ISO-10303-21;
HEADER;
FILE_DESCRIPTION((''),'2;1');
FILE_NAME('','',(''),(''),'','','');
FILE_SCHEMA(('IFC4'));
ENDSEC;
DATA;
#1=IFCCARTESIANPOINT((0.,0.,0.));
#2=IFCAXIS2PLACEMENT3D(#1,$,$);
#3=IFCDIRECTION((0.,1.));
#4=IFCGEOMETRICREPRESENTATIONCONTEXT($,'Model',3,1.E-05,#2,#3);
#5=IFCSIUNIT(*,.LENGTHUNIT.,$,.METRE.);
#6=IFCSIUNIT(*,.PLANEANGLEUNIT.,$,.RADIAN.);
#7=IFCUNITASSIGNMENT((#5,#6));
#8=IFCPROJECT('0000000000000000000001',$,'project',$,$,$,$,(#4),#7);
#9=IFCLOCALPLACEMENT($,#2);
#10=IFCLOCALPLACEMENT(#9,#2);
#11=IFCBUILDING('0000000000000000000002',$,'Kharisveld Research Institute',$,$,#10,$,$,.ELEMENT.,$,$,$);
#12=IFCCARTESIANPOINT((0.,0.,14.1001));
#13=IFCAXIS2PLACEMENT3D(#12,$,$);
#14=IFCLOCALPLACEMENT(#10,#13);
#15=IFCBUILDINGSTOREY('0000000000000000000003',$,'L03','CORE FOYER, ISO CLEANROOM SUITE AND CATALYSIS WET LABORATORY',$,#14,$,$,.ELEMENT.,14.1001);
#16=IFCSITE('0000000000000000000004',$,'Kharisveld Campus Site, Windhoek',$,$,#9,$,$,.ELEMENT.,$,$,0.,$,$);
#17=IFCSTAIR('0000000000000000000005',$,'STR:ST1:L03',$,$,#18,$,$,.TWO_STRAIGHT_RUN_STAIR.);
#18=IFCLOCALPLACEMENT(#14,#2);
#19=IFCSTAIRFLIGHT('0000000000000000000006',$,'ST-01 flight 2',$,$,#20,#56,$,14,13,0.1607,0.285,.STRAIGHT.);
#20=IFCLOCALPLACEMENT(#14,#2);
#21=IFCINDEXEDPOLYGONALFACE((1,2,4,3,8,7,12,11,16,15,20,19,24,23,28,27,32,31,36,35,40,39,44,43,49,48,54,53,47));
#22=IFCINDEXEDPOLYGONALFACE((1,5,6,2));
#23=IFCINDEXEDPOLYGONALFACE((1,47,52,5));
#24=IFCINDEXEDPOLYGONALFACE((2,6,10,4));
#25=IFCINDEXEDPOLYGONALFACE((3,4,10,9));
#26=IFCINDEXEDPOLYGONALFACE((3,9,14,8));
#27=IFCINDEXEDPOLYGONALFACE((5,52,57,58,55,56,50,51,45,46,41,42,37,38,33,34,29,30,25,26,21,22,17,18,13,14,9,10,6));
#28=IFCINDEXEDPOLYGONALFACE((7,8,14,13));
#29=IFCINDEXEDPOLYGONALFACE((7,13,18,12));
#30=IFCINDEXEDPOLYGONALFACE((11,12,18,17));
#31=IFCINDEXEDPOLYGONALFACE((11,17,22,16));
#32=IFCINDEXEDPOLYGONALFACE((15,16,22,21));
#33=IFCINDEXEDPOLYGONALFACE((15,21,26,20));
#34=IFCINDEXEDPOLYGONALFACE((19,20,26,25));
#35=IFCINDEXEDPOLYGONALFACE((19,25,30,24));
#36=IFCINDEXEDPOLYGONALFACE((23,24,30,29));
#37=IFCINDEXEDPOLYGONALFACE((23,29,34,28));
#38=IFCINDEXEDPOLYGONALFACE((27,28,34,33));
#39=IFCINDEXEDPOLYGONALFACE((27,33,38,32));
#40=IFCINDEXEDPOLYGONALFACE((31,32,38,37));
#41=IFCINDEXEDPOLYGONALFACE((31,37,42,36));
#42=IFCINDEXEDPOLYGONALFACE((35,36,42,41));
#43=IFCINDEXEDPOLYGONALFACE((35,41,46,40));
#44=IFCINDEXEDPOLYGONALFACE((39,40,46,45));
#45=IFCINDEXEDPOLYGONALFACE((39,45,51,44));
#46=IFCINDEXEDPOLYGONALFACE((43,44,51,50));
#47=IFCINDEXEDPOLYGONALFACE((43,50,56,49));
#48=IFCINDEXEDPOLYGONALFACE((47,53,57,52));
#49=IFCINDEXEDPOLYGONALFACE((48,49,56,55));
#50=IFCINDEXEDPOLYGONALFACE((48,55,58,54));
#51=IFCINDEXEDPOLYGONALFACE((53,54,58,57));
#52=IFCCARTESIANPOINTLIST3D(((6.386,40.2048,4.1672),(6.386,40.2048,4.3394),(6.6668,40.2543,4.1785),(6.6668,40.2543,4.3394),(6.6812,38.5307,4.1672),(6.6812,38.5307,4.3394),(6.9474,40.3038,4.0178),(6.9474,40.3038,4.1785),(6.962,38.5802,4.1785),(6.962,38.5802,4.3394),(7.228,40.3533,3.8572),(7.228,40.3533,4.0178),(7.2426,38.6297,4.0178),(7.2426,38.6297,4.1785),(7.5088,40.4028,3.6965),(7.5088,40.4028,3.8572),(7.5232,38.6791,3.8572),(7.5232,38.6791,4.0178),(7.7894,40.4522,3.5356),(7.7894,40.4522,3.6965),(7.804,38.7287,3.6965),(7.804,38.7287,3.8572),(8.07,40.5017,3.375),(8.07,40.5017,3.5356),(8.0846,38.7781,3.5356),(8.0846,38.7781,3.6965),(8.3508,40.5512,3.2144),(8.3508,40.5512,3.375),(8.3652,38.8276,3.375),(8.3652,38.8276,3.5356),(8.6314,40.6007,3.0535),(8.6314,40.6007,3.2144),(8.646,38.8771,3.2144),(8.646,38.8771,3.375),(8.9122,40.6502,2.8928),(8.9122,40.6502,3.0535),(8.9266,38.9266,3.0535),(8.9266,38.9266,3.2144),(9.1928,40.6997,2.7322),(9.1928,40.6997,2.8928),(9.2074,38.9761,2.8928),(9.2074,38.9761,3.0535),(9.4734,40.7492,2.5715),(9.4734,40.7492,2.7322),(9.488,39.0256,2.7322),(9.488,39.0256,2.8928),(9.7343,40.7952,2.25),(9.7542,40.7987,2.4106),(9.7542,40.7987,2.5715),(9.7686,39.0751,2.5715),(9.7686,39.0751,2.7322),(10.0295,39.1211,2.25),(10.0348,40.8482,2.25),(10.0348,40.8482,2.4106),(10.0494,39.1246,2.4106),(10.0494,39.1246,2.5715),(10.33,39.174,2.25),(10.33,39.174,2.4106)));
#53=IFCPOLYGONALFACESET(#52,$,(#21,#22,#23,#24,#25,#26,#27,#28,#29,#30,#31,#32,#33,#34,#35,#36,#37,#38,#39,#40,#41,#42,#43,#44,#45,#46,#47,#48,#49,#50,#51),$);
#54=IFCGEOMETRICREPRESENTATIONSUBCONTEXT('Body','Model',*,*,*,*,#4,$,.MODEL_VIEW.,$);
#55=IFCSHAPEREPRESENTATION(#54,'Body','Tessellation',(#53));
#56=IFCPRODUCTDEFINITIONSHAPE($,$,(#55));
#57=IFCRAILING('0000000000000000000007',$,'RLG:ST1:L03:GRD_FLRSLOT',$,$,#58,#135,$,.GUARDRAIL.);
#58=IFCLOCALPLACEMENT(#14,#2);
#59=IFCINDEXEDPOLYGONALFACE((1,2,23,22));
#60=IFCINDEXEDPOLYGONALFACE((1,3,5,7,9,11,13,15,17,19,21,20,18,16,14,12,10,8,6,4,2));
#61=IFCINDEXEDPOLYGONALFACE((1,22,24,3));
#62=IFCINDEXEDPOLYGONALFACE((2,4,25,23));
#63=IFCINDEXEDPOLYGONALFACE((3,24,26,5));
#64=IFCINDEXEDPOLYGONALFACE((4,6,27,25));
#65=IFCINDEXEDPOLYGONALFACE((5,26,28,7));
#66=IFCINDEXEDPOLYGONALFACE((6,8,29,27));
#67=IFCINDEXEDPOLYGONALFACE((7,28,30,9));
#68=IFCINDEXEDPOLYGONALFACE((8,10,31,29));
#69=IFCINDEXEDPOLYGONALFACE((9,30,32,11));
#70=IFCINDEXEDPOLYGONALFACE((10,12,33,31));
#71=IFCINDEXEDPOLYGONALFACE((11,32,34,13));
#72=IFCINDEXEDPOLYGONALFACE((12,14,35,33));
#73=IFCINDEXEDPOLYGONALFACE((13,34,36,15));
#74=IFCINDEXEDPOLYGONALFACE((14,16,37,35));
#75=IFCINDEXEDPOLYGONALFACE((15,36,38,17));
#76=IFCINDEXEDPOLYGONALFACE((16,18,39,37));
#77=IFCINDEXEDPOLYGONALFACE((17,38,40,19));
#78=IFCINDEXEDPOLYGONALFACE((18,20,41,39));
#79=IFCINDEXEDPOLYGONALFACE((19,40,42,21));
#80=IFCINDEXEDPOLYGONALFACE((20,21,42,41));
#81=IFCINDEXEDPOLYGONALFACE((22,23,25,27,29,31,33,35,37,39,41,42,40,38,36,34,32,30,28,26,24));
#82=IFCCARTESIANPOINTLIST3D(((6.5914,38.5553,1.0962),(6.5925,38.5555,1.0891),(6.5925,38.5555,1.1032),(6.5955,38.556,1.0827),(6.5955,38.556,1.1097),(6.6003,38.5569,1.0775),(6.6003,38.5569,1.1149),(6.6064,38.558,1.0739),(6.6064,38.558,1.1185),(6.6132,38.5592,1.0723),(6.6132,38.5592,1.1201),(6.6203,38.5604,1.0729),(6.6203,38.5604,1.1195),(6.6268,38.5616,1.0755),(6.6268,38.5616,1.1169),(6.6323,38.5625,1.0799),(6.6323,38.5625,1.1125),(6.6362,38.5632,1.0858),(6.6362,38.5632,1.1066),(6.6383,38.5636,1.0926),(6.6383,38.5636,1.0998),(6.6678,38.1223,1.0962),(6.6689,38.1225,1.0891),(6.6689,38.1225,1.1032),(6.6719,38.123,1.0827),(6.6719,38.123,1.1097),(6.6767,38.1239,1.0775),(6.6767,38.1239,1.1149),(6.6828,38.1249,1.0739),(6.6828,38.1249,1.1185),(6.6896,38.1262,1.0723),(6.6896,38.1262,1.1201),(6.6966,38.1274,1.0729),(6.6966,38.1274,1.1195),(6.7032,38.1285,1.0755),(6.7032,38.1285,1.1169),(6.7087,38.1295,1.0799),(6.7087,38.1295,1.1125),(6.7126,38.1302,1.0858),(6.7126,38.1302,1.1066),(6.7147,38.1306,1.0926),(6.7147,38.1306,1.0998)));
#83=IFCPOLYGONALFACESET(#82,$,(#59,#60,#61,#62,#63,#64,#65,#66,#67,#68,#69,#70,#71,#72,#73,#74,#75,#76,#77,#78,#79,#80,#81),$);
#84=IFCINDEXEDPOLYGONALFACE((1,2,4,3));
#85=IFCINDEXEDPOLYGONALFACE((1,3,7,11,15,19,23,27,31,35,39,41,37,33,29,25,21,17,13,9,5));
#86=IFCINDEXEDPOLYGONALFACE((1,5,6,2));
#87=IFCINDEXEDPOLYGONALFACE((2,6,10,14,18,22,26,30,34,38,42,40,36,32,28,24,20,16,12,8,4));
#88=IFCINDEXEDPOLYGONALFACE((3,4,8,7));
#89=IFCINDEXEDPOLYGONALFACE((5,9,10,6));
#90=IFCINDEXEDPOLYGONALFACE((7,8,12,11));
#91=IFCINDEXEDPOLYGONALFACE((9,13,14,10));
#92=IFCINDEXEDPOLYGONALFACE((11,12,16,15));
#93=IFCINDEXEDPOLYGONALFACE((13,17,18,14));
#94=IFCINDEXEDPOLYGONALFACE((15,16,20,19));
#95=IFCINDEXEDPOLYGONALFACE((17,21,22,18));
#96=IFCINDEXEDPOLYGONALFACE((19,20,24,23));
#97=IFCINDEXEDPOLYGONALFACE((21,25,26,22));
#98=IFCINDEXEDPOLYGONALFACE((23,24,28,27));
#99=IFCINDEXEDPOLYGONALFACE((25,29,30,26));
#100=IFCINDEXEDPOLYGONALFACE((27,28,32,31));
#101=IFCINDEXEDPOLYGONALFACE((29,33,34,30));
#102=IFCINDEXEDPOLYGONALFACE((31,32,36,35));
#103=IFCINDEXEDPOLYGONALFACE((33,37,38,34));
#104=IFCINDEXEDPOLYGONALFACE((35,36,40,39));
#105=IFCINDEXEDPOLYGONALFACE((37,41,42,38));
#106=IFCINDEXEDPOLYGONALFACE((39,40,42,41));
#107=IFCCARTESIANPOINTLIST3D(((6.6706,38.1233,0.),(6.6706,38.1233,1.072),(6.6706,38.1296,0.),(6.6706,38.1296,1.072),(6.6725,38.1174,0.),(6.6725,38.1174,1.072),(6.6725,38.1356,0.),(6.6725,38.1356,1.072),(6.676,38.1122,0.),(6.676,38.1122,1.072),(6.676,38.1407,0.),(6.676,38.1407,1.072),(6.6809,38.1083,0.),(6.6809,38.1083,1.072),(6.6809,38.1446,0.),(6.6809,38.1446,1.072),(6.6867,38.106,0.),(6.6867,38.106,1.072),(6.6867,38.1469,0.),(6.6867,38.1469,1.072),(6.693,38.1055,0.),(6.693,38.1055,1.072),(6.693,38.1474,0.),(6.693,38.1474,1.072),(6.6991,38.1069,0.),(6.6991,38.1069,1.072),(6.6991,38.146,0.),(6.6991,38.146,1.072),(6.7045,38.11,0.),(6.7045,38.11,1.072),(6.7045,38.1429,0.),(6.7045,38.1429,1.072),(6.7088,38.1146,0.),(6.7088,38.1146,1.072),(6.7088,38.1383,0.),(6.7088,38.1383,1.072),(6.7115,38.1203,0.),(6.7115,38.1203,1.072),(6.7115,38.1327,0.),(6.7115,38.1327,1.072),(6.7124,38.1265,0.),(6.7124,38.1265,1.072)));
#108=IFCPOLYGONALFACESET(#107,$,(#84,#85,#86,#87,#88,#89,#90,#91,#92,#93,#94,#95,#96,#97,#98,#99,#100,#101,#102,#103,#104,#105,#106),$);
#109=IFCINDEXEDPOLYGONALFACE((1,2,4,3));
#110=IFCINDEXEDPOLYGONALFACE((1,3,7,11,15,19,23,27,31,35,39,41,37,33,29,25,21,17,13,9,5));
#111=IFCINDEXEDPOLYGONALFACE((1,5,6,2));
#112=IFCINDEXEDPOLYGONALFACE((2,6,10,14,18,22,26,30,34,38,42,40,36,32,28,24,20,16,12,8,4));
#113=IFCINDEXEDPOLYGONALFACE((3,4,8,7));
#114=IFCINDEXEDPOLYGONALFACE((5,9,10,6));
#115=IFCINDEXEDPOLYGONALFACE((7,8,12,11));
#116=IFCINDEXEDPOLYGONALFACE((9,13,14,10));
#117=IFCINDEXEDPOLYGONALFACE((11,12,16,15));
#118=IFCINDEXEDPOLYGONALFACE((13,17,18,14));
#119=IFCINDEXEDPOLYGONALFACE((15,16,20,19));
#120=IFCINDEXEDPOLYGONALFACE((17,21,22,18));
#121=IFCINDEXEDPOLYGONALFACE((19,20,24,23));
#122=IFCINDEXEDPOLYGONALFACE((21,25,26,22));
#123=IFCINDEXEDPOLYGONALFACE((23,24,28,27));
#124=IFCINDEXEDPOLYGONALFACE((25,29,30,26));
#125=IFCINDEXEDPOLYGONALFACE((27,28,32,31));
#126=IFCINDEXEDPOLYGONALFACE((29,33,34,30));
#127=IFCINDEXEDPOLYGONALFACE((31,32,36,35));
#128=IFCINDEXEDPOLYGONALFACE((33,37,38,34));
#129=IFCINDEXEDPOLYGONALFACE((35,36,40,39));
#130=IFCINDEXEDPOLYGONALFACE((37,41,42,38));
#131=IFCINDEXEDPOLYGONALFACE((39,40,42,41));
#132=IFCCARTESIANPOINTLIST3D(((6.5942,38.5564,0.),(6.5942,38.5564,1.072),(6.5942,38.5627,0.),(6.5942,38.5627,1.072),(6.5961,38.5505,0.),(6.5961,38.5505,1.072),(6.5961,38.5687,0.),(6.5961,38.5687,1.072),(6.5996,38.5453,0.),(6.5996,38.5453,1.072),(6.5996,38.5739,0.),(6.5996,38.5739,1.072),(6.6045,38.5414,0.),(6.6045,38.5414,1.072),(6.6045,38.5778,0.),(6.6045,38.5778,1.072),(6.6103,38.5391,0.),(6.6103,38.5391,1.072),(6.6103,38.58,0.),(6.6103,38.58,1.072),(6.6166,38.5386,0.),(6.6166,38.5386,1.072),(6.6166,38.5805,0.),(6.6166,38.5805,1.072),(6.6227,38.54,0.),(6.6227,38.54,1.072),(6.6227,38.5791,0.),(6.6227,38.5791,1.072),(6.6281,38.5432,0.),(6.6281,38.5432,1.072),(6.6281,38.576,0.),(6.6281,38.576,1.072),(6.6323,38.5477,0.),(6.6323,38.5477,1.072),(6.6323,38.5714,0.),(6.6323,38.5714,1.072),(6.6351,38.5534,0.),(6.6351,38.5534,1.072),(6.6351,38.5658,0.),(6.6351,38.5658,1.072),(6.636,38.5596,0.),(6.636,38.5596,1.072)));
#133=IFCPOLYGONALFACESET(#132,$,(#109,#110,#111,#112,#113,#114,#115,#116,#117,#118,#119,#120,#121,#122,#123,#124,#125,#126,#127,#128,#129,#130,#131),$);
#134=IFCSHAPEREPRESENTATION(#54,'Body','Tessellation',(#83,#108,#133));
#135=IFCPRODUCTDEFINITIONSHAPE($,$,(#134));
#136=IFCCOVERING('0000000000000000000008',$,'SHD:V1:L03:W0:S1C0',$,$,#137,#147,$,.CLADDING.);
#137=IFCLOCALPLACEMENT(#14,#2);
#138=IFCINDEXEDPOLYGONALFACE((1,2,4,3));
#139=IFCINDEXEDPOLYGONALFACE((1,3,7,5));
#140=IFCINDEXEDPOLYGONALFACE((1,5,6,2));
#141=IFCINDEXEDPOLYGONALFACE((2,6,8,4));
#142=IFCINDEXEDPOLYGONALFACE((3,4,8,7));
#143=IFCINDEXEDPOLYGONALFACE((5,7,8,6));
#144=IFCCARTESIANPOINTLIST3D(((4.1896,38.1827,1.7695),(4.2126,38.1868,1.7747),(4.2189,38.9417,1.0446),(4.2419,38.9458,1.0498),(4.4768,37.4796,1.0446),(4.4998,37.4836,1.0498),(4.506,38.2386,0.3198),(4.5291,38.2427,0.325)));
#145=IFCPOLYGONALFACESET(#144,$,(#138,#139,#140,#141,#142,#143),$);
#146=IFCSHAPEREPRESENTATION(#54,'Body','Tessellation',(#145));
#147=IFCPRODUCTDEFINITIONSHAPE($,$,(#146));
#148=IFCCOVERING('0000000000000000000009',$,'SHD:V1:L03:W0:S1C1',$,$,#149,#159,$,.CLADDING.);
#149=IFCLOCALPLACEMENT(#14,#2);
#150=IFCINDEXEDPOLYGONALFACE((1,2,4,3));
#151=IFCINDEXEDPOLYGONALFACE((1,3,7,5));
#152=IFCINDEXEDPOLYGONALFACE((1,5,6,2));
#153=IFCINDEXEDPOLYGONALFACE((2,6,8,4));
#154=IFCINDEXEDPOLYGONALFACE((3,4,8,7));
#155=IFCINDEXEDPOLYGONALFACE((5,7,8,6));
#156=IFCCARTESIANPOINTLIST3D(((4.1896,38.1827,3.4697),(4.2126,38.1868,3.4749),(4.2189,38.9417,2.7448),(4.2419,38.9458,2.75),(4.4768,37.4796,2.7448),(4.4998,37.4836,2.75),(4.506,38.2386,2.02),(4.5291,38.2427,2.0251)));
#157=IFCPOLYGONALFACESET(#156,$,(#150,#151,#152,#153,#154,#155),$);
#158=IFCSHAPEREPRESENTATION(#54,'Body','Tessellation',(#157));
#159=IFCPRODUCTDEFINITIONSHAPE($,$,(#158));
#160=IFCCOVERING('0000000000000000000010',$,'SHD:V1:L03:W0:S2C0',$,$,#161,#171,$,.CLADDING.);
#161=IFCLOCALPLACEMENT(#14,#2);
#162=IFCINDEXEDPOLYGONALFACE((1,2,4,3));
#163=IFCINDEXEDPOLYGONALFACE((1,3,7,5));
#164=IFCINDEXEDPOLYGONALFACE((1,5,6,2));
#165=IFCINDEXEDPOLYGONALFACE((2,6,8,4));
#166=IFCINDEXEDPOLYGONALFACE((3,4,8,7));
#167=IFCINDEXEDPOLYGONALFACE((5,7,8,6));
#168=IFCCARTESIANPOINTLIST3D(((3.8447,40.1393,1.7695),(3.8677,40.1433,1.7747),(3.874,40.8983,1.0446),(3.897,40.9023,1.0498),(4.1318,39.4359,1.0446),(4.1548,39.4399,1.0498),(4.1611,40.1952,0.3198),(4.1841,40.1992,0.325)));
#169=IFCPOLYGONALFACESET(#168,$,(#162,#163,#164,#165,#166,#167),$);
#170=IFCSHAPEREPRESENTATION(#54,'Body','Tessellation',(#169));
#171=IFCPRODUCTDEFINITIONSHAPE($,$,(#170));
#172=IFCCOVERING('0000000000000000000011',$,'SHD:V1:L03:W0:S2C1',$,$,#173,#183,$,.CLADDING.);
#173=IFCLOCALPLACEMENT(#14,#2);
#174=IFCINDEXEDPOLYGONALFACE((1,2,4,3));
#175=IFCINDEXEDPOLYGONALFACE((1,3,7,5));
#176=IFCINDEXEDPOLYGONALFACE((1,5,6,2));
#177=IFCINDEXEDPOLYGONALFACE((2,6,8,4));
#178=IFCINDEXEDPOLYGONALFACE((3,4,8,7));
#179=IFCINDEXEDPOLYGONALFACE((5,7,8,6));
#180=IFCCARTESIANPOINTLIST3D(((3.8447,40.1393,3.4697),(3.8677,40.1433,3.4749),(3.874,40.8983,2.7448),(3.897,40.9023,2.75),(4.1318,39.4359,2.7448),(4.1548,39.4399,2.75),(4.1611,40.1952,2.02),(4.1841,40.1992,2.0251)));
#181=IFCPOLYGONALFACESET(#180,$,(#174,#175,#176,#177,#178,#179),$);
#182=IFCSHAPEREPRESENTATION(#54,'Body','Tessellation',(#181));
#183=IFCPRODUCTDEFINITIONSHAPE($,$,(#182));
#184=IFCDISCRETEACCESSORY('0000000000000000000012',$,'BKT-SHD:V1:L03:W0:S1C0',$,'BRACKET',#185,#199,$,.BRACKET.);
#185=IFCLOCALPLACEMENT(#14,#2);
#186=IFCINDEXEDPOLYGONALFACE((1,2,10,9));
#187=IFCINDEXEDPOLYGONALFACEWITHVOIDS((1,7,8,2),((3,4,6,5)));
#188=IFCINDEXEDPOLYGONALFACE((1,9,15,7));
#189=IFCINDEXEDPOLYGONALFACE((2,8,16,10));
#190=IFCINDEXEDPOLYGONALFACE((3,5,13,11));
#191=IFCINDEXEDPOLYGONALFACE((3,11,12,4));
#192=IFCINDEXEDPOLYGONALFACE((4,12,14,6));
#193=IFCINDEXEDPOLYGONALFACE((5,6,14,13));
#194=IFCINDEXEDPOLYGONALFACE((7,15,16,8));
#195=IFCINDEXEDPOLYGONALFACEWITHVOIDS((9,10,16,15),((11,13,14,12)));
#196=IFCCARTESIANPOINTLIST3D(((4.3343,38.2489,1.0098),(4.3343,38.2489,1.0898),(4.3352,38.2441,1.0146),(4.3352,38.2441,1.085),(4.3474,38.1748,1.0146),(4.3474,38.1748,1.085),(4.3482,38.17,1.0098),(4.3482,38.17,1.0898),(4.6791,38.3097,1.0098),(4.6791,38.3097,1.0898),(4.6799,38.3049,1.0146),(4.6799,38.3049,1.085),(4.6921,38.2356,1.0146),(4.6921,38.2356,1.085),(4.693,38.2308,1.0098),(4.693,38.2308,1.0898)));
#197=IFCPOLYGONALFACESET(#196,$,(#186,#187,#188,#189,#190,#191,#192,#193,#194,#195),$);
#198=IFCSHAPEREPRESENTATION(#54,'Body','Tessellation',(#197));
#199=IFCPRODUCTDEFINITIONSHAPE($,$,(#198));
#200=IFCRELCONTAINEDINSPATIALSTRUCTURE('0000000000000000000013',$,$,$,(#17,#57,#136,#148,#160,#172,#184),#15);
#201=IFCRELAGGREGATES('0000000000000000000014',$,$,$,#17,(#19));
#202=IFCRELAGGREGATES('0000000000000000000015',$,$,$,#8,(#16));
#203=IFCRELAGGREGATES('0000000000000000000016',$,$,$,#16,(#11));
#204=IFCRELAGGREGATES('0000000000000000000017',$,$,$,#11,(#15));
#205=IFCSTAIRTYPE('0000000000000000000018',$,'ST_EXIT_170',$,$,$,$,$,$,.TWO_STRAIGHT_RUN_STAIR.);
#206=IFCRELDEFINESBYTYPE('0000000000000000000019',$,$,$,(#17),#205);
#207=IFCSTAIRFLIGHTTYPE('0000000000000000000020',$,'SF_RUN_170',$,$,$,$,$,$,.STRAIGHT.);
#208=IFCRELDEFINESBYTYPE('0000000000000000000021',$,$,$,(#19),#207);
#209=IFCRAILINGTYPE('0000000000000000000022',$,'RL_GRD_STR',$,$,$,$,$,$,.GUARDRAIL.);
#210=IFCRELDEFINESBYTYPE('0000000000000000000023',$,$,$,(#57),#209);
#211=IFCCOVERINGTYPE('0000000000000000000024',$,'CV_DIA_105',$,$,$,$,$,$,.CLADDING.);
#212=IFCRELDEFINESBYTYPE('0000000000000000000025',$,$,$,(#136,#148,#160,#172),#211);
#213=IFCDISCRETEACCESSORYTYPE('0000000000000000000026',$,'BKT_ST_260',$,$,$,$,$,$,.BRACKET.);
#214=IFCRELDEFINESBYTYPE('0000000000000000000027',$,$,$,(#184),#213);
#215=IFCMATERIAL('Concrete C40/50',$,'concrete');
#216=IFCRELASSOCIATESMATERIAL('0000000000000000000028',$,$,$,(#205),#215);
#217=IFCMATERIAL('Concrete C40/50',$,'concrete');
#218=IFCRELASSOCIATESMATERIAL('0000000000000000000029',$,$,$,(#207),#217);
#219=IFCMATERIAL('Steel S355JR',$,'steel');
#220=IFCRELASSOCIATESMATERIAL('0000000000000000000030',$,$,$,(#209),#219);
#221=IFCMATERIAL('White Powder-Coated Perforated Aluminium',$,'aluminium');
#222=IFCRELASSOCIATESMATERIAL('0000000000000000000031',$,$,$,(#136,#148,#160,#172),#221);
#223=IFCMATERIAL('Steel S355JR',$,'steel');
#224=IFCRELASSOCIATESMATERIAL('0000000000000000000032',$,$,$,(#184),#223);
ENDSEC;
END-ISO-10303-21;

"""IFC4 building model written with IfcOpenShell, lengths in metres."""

from ifc_helpers import new_model, si_unit, direction, frame, origin, origin_2d, place, context, subcontext, project, spatial, polyline, hollow_rectangle, circle, outline, extrude, material, type_object, element, aggregate, save


model = new_model("IFC4")

# Units and contexts
model_context = context("Model", 3, precision=1e-05, world=origin(), true_north=direction((0.0, 1.0)))
body_context = subcontext(model_context, "Body", "Model", "MODEL_VIEW")
ifc_project = project(units=[si_unit("LENGTHUNIT", "METRE"), si_unit("PLANEANGLEUNIT", "RADIAN")], contexts=[model_context])

# Site, building, storey
site_placement = place(None, origin())
site = spatial("IfcSite", under=ifc_project, at=site_placement, Name="Kharisveld Campus Site, Windhoek", CompositionType="ELEMENT", RefElevation=0.0)
building_placement = place(site_placement, origin())
building = spatial("IfcBuilding", under=site, at=building_placement, Name="Kharisveld Research Institute", CompositionType="ELEMENT")
storey_placement = place(building_placement, frame((0.0, 0.0, 14.1001)))
storey = spatial("IfcBuildingStorey", under=building, at=storey_placement, Name="L03", Description="CORE FOYER, ISO CLEANROOM SUITE AND CATALYSIS WET LABORATORY", CompositionType="ELEMENT", Elevation=14.1001)

# Stair, stair flight
ifc_material_1 = material(Name="Concrete C40/50", Category="concrete")
stair_type = type_object("IfcStairType", Name="ST_EXIT_170", PredefinedType="TWO_STRAIGHT_RUN_STAIR", material=ifc_material_1)
stair_placement = place(storey_placement, origin())
stair = element("IfcStair", 1, at=stair_placement, inside=storey, type_object=stair_type, Name="STR:ST1:L03", PredefinedType="TWO_STRAIGHT_RUN_STAIR")
ifc_material_2 = material(Name="Concrete C40/50", Category="concrete")
stair_flight_type = type_object("IfcStairFlightType", Name="SF_RUN_170", PredefinedType="STRAIGHT", material=ifc_material_2)
stair_flight_placement = place(storey_placement, frame((10.1824, 40.0112, 2.25), z_axis=(0.0, 0.0, 1.0), x_axis=(-0.984808, -0.173648, 0.0)))
stair_flight = element("IfcStairFlight", 2, at=stair_flight_placement, type_object=stair_flight_type, Name="ST-01 flight 2", NumberOfRisers=14, NumberOfTreads=13, PredefinedType="STRAIGHT", RiserHeight=0.1607, TreadLength=0.285, context=body_context, shape_type="SweptSolid", body=[
    extrude(outline(polyline([(0.0, 0.0), (0.0, 0.1606), (0.2849, 0.1606), (0.2849, 0.3215), (0.5701, 0.3215), (0.5701, 0.4822), (0.855, 0.4822), (0.855, 0.6428), (1.1399, 0.6428), (1.1399, 0.8035), (1.425, 0.8035), (1.425, 0.9644), (1.71, 0.9644), (1.71, 1.125), (1.9951, 1.125), (1.9951, 1.2856), (2.28, 1.2856), (2.28, 1.4465), (2.5649, 1.4465), (2.5649, 1.6072), (2.8501, 1.6072), (2.8501, 1.7678), (3.135, 1.7678), (3.135, 1.9285), (3.4199, 1.9285), (3.4199, 2.0894), (3.7051, 2.0894), (3.7051, 2.25), (3.7051, 1.9172), (0.3052, 0.0), (0.0, 0.0)])), frame((0.0, 0.8501, 0.0), z_axis=(0.0, -1.0, 0.0), x_axis=(1.0, 0.0, 0.0)), (0.0, 0.0, 1.0), 1.7),
])
aggregate(stair, [stair_flight])

# Railing
ifc_material_3 = material(Name="Steel S355JR", Category="steel")
railing_type_1 = type_object("IfcRailingType", Name="RL_GRD_STR", PredefinedType="GUARDRAIL", material=ifc_material_3)
railing_1_placement = place(storey_placement, frame((6.6914, 38.1265, 0.0)))
element("IfcRailing", 3, at=railing_1_placement, inside=storey, type_object=railing_type_1, Name="RLG:ST1:L03:GRD_FLRSLOT", PredefinedType="GUARDRAIL", context=body_context, shape_type="SweptSolid", body=[
    extrude(circle(Radius=0.0239, at=origin_2d()), frame((0.0, 0.0, 1.0962), z_axis=(-0.173754, 0.984789, 0.0), x_axis=(-0.984789, -0.173754, 0.0)), (0.0, 0.0, 1.0), 0.4397),
    extrude(circle(Radius=0.021, at=origin_2d()), origin(), (0.0, 0.0, 1.0), 1.072),
    extrude(circle(Radius=0.021, at=origin_2d()), frame((-0.0764, 0.4331, 0.0)), (0.0, 0.0, 1.0), 1.072),
])

# Coverings
ifc_material_4 = material(Name="White Powder-Coated Perforated Aluminium", Category="aluminium")
covering_type = type_object("IfcCoveringType", Name="CV_DIA_105", PredefinedType="CLADDING")
for number, where, z_axis, x_axis, name in (
    (4, (4.5291, 38.2427, 0.325), (0.961476, 0.169531, 0.216385), (-0.273471, 0.669725, 0.690421), "SHD:V1:L03:W0:S1C0"),
    (5, (4.5291, 38.2427, 2.0251), (0.961476, 0.169531, 0.216385), (-0.273471, 0.669725, 0.690421), "SHD:V1:L03:W0:S1C1"),
):
    element("IfcCovering", number, at=place(storey_placement, frame(where, z_axis=z_axis, x_axis=x_axis)), inside=storey, type_object=covering_type, material=ifc_material_4, Name=name, PredefinedType="CLADDING", context=body_context, shape_type="SweptSolid", body=[
        extrude(outline(polyline([(0.0, 0.0), (1.0499, 0.0), (1.05, 1.05), (0.0001, 1.05), (0.0, 0.0)])), origin(), (0.0, 0.0, -1.0), 0.0239),
    ])
for number, where, z_axis, x_axis, name in (
    (6, (4.1841, 40.1992, 0.325), (0.961481, 0.169503, 0.216385), (-0.273452, 0.669728, 0.690426), "SHD:V1:L03:W0:S2C0"),
    (7, (4.1841, 40.1992, 2.0251), (0.961481, 0.169503, 0.216385), (-0.273452, 0.669728, 0.690426), "SHD:V1:L03:W0:S2C1"),
):
    element("IfcCovering", number, at=place(storey_placement, frame(where, z_axis=z_axis, x_axis=x_axis)), inside=storey, type_object=covering_type, material=ifc_material_4, Name=name, PredefinedType="CLADDING", context=body_context, shape_type="SweptSolid", body=[
        extrude(outline(polyline([(0.0, 0.0), (1.0499, 0.0), (1.05, 1.05), (0.0, 1.0501), (0.0, 0.0)])), origin(), (0.0, 0.0, -1.0), 0.0239),
    ])

# Discrete accessory
ifc_material_5 = material(Name="Steel S355JR", Category="steel")
discrete_accessory_type = type_object("IfcDiscreteAccessoryType", Name="BKT_ST_260", PredefinedType="BRACKET")
for number, where, z_axis, x_axis, name in (
    (8, (4.686, 38.2703, 1.0498), (-0.984805, -0.173666, 0.0), (0.173666, -0.984805, 0.0), "BKT-SHD:V1:L03:W0:S1C0"),
):
    element("IfcDiscreteAccessory", number, at=place(storey_placement, frame(where, z_axis=z_axis, x_axis=x_axis)), inside=storey, type_object=discrete_accessory_type, material=ifc_material_5, Name=name, ObjectType="BRACKET", PredefinedType="BRACKET", context=body_context, shape_type="SweptSolid", body=[
        extrude(hollow_rectangle(XDim=0.0801, YDim=0.0801, WallThickness=0.0049, at=origin_2d()), origin(), (0.0, 0.0, 1.0), 0.3501),
    ])

save(model, "model.ifc")
